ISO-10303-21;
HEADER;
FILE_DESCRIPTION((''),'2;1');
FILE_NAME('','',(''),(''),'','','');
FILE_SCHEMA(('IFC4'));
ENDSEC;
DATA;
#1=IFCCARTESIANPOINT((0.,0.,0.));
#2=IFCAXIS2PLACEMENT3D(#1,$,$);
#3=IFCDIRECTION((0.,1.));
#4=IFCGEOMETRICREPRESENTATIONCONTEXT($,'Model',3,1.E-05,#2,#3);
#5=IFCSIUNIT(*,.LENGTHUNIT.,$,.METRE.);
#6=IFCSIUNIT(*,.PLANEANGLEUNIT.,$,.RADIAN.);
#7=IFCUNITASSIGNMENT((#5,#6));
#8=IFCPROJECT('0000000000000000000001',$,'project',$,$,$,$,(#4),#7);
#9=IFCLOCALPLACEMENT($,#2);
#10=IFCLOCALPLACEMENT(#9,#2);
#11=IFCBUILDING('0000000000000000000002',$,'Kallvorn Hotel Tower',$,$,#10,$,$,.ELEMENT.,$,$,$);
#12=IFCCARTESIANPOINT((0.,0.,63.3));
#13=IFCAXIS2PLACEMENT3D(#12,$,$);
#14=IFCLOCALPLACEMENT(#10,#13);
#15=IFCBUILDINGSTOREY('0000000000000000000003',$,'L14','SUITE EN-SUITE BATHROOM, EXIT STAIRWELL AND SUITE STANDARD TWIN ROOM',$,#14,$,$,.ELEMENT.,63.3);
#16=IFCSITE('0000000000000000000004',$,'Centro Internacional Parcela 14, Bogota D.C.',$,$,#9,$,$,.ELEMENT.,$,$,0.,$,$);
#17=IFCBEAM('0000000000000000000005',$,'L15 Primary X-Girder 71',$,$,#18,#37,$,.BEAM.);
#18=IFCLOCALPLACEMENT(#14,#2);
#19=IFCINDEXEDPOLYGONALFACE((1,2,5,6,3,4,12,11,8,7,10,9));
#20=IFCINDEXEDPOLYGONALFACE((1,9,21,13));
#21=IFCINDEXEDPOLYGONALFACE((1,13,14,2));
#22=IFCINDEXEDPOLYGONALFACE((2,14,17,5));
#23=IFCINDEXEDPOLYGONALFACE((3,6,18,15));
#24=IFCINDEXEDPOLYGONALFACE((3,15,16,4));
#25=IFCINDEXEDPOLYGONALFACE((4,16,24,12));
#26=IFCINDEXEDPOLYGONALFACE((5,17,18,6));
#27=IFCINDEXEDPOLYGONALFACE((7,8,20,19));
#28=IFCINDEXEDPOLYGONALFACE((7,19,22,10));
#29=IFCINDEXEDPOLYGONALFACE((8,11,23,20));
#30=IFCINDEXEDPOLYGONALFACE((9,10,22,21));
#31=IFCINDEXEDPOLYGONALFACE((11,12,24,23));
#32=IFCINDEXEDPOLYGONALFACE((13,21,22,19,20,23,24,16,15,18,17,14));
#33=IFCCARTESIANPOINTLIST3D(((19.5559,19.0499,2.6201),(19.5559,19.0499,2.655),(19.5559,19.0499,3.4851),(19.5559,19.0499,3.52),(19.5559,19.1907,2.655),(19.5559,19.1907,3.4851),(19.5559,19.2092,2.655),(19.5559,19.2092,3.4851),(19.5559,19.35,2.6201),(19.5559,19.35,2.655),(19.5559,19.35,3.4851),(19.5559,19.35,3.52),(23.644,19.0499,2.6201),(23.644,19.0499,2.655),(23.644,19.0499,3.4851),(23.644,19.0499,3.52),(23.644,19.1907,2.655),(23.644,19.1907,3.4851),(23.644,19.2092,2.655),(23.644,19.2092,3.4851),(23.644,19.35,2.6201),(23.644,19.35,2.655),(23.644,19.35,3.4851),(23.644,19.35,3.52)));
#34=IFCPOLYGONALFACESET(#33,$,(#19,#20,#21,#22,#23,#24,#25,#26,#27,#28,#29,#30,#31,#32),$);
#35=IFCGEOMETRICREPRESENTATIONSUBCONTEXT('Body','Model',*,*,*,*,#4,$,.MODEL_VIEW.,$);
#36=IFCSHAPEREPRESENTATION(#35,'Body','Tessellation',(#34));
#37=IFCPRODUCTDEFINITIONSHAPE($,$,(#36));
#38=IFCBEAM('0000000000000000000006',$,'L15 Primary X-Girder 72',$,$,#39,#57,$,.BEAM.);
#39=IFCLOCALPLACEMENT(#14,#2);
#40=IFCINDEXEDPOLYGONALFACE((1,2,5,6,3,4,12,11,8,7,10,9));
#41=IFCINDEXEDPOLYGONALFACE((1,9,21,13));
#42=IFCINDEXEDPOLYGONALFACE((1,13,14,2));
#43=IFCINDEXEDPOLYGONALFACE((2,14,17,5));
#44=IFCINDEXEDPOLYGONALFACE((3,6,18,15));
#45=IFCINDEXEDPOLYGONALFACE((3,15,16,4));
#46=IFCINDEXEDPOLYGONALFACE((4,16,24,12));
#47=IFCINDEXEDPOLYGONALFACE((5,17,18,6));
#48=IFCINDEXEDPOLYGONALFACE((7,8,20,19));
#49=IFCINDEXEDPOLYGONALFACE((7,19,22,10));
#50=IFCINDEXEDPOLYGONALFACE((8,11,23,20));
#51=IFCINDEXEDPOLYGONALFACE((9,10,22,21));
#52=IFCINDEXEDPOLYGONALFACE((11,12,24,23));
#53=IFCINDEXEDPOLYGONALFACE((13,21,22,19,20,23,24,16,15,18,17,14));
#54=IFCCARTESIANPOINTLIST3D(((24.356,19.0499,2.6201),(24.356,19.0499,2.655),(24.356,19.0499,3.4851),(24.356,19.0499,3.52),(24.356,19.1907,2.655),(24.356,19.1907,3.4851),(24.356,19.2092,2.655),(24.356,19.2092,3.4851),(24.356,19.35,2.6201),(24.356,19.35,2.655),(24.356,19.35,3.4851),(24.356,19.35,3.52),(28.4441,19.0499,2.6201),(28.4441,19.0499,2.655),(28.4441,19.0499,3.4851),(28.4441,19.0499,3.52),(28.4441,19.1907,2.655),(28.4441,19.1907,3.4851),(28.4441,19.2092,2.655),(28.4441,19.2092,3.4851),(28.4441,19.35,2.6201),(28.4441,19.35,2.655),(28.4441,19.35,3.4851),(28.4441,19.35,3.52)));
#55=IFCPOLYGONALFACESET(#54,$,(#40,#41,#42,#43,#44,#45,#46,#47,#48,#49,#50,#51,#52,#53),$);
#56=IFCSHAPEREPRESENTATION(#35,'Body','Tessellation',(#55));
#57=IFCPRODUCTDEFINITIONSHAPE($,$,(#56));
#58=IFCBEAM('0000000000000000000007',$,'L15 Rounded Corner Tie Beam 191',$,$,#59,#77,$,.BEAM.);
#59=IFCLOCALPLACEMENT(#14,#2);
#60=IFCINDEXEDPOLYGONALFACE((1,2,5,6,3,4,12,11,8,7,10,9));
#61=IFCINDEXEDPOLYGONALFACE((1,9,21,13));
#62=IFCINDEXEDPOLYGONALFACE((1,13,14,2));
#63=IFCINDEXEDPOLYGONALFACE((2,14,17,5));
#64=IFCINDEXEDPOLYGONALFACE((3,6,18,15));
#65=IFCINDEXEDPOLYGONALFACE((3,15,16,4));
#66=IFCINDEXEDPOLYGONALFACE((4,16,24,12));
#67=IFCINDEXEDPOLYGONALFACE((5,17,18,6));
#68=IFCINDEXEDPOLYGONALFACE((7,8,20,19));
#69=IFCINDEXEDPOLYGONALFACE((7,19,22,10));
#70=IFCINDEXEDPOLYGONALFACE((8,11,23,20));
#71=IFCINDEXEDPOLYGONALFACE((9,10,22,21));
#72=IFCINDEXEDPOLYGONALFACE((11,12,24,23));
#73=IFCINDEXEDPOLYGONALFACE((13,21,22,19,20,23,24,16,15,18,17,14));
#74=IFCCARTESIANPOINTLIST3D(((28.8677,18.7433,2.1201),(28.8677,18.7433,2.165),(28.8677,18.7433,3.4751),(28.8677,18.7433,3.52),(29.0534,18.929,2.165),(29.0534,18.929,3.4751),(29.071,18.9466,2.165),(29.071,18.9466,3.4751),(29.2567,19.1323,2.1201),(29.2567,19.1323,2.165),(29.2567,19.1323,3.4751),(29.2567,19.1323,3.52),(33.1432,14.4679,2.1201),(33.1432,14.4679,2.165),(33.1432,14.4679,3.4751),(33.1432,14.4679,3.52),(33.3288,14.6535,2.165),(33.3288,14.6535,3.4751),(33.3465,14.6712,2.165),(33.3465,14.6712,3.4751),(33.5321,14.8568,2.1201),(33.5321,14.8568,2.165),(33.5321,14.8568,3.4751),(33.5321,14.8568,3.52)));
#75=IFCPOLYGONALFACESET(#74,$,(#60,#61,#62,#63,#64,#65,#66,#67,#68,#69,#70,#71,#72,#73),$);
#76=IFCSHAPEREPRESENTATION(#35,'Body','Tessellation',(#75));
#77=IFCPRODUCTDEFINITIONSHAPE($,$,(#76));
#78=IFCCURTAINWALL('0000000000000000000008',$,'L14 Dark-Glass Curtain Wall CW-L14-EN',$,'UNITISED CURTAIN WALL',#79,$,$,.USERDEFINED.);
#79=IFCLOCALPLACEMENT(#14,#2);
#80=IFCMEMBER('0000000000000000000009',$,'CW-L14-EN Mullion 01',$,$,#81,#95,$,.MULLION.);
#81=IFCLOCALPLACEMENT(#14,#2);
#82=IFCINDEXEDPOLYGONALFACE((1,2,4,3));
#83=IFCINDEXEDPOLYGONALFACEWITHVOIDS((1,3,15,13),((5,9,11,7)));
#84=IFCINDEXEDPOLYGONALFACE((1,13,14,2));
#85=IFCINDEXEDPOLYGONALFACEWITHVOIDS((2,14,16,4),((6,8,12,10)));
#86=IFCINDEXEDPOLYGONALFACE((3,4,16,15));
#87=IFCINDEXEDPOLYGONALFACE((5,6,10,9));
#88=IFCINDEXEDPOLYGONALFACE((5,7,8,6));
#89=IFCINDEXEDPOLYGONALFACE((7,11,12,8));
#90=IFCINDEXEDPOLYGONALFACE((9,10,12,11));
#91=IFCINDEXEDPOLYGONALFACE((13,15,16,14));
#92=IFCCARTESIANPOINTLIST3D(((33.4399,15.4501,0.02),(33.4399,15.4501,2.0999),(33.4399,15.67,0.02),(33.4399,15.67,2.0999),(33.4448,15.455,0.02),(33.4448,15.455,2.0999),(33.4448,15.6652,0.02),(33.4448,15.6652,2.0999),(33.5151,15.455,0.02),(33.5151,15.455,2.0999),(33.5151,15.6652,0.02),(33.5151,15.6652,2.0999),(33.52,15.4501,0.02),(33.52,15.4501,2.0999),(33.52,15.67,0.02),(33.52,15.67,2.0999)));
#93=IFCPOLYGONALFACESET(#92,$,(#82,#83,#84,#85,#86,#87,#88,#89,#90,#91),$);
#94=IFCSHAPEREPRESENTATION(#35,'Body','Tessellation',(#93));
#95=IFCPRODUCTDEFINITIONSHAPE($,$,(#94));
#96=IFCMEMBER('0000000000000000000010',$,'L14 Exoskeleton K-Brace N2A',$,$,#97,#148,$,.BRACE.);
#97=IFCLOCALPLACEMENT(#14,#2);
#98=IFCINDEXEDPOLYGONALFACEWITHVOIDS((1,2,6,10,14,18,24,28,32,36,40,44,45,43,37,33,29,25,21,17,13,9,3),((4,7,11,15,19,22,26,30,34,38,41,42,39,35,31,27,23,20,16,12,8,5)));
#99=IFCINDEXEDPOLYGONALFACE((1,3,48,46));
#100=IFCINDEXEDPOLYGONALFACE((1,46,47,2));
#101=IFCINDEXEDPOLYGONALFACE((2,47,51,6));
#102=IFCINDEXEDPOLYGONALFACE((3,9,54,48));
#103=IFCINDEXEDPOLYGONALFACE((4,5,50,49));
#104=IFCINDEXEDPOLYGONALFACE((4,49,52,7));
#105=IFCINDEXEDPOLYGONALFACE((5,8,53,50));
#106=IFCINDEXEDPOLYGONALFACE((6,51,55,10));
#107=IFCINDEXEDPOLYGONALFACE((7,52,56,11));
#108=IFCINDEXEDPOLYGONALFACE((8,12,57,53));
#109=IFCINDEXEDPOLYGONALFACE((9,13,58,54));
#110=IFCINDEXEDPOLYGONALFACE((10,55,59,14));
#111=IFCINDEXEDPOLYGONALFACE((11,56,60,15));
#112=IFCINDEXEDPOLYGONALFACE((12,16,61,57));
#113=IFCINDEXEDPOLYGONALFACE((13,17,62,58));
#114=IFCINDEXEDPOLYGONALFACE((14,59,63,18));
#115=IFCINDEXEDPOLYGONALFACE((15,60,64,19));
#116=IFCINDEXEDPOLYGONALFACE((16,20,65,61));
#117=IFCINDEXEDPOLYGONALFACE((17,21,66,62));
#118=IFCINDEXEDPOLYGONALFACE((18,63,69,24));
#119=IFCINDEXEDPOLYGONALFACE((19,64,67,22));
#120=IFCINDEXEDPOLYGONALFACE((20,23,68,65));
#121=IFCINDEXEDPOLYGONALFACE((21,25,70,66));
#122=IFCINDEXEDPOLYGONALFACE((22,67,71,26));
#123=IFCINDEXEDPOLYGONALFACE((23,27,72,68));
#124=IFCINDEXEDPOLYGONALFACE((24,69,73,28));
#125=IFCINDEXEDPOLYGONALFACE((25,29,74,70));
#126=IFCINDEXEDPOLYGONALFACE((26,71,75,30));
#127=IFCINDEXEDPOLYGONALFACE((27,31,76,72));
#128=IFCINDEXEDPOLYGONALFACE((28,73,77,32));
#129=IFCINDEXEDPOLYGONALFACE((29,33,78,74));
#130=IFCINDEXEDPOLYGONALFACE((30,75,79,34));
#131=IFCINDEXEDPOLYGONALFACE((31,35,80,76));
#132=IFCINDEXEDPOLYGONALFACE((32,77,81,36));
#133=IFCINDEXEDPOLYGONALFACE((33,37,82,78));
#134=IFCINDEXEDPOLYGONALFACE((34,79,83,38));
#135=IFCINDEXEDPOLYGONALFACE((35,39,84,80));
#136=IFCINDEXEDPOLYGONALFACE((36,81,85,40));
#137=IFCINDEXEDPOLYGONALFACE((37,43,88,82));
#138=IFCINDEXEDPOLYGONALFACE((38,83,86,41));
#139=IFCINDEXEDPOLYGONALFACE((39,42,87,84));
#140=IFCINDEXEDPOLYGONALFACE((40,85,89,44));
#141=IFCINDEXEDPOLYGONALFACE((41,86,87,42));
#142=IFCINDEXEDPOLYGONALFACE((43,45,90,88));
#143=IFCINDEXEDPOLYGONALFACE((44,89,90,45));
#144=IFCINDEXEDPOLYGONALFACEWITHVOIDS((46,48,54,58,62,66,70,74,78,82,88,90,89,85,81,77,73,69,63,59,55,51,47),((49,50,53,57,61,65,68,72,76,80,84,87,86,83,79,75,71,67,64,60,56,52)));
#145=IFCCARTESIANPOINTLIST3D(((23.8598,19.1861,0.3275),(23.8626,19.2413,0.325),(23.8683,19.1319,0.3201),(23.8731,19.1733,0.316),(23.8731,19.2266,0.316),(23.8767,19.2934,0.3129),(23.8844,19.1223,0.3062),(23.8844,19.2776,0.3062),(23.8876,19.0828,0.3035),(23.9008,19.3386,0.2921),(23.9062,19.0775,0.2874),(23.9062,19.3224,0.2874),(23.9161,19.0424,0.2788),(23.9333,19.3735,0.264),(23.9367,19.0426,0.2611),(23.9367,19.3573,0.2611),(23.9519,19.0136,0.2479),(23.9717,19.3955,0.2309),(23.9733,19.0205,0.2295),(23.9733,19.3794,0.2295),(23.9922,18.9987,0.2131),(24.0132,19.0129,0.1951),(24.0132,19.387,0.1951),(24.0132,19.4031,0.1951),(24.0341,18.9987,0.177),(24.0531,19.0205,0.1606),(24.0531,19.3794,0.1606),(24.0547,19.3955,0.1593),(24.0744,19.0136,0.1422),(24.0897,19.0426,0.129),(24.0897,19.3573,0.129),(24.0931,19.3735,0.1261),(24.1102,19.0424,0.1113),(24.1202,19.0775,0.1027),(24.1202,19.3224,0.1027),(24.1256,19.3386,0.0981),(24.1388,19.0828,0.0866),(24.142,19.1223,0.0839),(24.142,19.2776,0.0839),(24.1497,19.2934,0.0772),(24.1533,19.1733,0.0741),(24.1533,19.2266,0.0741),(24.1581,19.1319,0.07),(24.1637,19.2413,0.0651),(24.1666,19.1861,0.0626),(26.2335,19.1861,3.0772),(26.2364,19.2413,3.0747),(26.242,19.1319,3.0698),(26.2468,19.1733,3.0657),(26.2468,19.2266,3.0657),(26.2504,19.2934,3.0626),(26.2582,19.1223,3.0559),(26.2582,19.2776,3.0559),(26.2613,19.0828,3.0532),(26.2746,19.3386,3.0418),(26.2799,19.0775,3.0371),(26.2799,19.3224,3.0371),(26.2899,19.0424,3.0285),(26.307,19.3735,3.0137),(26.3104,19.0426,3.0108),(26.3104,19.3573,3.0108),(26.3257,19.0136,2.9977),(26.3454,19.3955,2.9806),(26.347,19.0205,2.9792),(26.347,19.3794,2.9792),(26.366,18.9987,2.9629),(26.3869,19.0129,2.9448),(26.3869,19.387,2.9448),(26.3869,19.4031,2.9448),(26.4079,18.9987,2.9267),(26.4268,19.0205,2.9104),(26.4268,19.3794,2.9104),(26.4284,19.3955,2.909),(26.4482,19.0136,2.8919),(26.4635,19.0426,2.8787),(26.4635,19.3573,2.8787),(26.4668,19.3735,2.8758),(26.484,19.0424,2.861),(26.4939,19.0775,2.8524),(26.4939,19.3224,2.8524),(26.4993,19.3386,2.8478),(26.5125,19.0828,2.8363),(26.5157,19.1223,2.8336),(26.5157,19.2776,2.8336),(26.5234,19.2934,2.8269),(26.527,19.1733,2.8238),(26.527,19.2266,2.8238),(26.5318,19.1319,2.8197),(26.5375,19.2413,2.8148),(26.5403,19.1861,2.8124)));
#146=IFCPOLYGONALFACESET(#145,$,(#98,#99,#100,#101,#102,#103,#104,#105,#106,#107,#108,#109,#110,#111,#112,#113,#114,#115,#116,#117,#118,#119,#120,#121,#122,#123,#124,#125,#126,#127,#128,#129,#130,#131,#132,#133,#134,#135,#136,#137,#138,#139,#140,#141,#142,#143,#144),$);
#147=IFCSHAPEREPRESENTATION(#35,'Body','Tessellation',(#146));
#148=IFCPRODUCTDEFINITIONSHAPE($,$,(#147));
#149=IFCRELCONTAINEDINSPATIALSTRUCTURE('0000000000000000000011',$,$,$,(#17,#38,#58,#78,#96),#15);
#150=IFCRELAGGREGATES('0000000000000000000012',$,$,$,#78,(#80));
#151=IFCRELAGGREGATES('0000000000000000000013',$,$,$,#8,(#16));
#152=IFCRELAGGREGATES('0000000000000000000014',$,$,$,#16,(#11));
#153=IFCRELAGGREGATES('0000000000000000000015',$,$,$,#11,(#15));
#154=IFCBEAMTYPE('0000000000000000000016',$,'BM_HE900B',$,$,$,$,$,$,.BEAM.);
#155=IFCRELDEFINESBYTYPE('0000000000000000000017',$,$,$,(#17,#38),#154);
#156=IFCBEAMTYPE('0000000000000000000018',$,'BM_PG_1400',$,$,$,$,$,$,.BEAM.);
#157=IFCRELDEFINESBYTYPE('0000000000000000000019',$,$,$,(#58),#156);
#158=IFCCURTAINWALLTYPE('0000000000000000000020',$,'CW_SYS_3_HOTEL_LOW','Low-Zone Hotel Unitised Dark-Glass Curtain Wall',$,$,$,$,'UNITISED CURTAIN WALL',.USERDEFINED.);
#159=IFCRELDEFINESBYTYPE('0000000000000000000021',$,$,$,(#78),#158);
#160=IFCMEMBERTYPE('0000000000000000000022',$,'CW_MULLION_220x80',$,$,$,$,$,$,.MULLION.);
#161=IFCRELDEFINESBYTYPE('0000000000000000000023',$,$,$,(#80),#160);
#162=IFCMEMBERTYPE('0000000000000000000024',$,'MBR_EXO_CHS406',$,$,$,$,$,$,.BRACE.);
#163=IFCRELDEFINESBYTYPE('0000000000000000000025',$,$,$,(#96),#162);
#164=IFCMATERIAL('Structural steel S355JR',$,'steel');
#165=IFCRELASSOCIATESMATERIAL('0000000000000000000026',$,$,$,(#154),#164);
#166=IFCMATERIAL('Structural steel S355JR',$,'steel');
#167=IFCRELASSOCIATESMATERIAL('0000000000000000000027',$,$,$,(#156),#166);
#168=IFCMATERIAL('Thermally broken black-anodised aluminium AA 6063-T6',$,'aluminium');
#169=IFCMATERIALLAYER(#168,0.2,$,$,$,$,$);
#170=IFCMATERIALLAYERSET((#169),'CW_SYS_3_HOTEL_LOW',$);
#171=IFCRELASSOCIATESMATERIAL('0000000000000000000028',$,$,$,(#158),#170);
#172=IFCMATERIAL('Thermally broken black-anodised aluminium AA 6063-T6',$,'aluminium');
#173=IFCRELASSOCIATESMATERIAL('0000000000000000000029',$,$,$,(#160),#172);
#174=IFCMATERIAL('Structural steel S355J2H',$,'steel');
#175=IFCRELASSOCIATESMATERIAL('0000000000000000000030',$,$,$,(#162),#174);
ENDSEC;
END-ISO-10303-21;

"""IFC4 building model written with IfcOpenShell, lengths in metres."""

from ifc_helpers import new_model, si_unit, direction, frame, origin, origin_2d, place, context, subcontext, project, spatial, hollow_rectangle, hollow_circle, i_section, extrude, material, layer, layer_set, material_profile, profile_set, type_object, element, aggregate, save


model = new_model("IFC4")

# Units and contexts
model_context = context("Model", 3, precision=1e-05, world=origin(), true_north=direction((0.0, 1.0)))
body_context = subcontext(model_context, "Body", "Model", "MODEL_VIEW")
ifc_project = project(units=[si_unit("LENGTHUNIT", "METRE"), si_unit("PLANEANGLEUNIT", "RADIAN")], contexts=[model_context])

# Site, building, storey
site_placement = place(None, origin())
site = spatial("IfcSite", under=ifc_project, at=site_placement, Name="Centro Internacional Parcela 14, Bogota D.C.", CompositionType="ELEMENT", RefElevation=0.0)
building_placement = place(site_placement, origin())
building = spatial("IfcBuilding", under=site, at=building_placement, Name="Kallvorn Hotel Tower", CompositionType="ELEMENT")
storey_placement = place(building_placement, frame((0.0, 0.0, 63.3)))
storey = spatial("IfcBuildingStorey", under=building, at=storey_placement, Name="L14", Description="SUITE EN-SUITE BATHROOM, EXIT STAIRWELL AND SUITE STANDARD TWIN ROOM", CompositionType="ELEMENT", Elevation=63.3)

# Beams
ifc_material_1 = material(Name="Structural steel S355JR", Category="steel")
ifc_material_profile_1 = material_profile(ifc_material_1, i_section(OverallWidth=0.3, OverallDepth=0.8999, WebThickness=0.0186, FlangeThickness=0.0349, at=origin_2d()), Name="HE 900 B")
ifc_profile_set_1 = profile_set([ifc_material_profile_1], Name="Structural steel S355JR")
beam_type_1 = type_object("IfcBeamType", Name="BM_HE900B", PredefinedType="BEAM", material=ifc_profile_set_1)
for number, where, z_axis, x_axis, name in (
    (1, (19.5559, 19.2, 3.0701), (1.0, 0.0, 0.0), (0.0, 1.0, 0.0), "L15 Primary X-Girder 71"),
    (2, (24.356, 19.2, 3.0701), (1.0, 0.0, 0.0), (0.0, 1.0, 0.0), "L15 Primary X-Girder 72"),
):
    element("IfcBeam", number, at=place(storey_placement, frame(where, z_axis=z_axis, x_axis=x_axis)), inside=storey, type_object=beam_type_1, Name=name, PredefinedType="BEAM", context=body_context, shape_type="SweptSolid", body=[
        extrude(i_section(OverallWidth=0.3, OverallDepth=0.8999, WebThickness=0.0186, FlangeThickness=0.0349, at=origin_2d()), origin(), (0.0, 0.0, 1.0), 4.0881),
    ])
ifc_material_2 = material(Name="Structural steel S355JR", Category="steel")
ifc_material_profile_2 = material_profile(ifc_material_2, i_section(OverallWidth=0.55, OverallDepth=1.3999, WebThickness=0.0249, FlangeThickness=0.0449, at=origin_2d()), Name="PG 1400x550x25x45")
ifc_profile_set_2 = profile_set([ifc_material_profile_2], Name="Structural steel S355JR")
beam_type_2 = type_object("IfcBeamType", Name="BM_PG_1400", PredefinedType="BEAM", material=ifc_profile_set_2)
beam_1_placement = place(storey_placement, frame((33.3376, 14.6624, 2.8201), z_axis=(-0.707107, 0.707107, 0.0), x_axis=(-0.707107, -0.707107, 0.0)))
element("IfcBeam", 3, at=beam_1_placement, inside=storey, type_object=beam_type_2, Name="L15 Rounded Corner Tie Beam 191", PredefinedType="BEAM", context=body_context, shape_type="SweptSolid", body=[
    extrude(i_section(OverallWidth=0.55, OverallDepth=1.3999, WebThickness=0.0249, FlangeThickness=0.0449, at=origin_2d()), origin(), (0.0, 0.0, 1.0), 6.0464),
])

# Curtain wall, member
ifc_material_3 = material(Name="Thermally broken black-anodised aluminium AA 6063-T6", Category="aluminium")
ifc_layer_1 = layer(ifc_material_3, 0.2)
ifc_layer_set_1 = layer_set([ifc_layer_1], Name="CW_SYS_3_HOTEL_LOW")
curtain_wall_type = type_object("IfcCurtainWallType", Name="CW_SYS_3_HOTEL_LOW", Description="Low-Zone Hotel Unitised Dark-Glass Curtain Wall", ElementType="UNITISED CURTAIN WALL", PredefinedType="USERDEFINED", material=ifc_layer_set_1)
curtain_wall_placement = place(storey_placement, origin())
curtain_wall = element("IfcCurtainWall", 4, at=curtain_wall_placement, inside=storey, type_object=curtain_wall_type, Name="L14 Dark-Glass Curtain Wall CW-L14-EN", ObjectType="UNITISED CURTAIN WALL", PredefinedType="USERDEFINED")
ifc_material_4 = material(Name="Thermally broken black-anodised aluminium AA 6063-T6", Category="aluminium")
ifc_material_profile_3 = material_profile(ifc_material_4, hollow_rectangle(XDim=0.0801, YDim=0.22, WallThickness=0.0049, at=origin_2d()), Name="MUL 220x80")
ifc_profile_set_3 = profile_set([ifc_material_profile_3], Name="Thermally broken black-anodised aluminium AA 6063-T6")
member_type_1 = type_object("IfcMemberType", Name="CW_MULLION_220x80", PredefinedType="MULLION", material=ifc_profile_set_3)
member_placement = place(storey_placement, frame((33.48, 15.5601, 0.02), z_axis=(0.0, 0.0, 1.0), x_axis=(1.0, 0.0, 0.0)))
member = element("IfcMember", 5, at=member_placement, type_object=member_type_1, Name="CW-L14-EN Mullion 01", PredefinedType="MULLION", context=body_context, shape_type="SweptSolid", body=[
    extrude(hollow_rectangle(XDim=0.0801, YDim=0.22, WallThickness=0.0049, at=origin_2d()), origin(), (0.0, 0.0, 1.0), 2.0798),
])
aggregate(curtain_wall, [member])

# Member
ifc_material_5 = material(Name="Structural steel S355J2H", Category="steel")
ifc_material_profile_4 = material_profile(ifc_material_5, hollow_circle(Radius=0.2031, WallThickness=0.0161, at=origin_2d()), Name="CHS 406.4x16")
ifc_profile_set_4 = profile_set([ifc_material_profile_4], Name="Structural steel S355J2H")
member_type_2 = type_object("IfcMemberType", Name="MBR_EXO_CHS406", PredefinedType="BRACE", material=ifc_profile_set_4)
for number, where, z_axis, x_axis, name in (
    (6, (24.0132, 19.2, 0.1951), (0.653461, 0.0, 0.756961), (0.0, 1.0, 0.0), "L14 Exoskeleton K-Brace N2A"),
):
    element("IfcMember", number, at=place(storey_placement, frame(where, z_axis=z_axis, x_axis=x_axis)), inside=storey, type_object=member_type_2, Name=name, PredefinedType="BRACE", context=body_context, shape_type="SweptSolid", body=[
        extrude(hollow_circle(Radius=0.2031, WallThickness=0.0161, at=origin_2d()), origin(), (0.0, 0.0, 1.0), 3.6326),
    ])

save(model, "model.ifc")
